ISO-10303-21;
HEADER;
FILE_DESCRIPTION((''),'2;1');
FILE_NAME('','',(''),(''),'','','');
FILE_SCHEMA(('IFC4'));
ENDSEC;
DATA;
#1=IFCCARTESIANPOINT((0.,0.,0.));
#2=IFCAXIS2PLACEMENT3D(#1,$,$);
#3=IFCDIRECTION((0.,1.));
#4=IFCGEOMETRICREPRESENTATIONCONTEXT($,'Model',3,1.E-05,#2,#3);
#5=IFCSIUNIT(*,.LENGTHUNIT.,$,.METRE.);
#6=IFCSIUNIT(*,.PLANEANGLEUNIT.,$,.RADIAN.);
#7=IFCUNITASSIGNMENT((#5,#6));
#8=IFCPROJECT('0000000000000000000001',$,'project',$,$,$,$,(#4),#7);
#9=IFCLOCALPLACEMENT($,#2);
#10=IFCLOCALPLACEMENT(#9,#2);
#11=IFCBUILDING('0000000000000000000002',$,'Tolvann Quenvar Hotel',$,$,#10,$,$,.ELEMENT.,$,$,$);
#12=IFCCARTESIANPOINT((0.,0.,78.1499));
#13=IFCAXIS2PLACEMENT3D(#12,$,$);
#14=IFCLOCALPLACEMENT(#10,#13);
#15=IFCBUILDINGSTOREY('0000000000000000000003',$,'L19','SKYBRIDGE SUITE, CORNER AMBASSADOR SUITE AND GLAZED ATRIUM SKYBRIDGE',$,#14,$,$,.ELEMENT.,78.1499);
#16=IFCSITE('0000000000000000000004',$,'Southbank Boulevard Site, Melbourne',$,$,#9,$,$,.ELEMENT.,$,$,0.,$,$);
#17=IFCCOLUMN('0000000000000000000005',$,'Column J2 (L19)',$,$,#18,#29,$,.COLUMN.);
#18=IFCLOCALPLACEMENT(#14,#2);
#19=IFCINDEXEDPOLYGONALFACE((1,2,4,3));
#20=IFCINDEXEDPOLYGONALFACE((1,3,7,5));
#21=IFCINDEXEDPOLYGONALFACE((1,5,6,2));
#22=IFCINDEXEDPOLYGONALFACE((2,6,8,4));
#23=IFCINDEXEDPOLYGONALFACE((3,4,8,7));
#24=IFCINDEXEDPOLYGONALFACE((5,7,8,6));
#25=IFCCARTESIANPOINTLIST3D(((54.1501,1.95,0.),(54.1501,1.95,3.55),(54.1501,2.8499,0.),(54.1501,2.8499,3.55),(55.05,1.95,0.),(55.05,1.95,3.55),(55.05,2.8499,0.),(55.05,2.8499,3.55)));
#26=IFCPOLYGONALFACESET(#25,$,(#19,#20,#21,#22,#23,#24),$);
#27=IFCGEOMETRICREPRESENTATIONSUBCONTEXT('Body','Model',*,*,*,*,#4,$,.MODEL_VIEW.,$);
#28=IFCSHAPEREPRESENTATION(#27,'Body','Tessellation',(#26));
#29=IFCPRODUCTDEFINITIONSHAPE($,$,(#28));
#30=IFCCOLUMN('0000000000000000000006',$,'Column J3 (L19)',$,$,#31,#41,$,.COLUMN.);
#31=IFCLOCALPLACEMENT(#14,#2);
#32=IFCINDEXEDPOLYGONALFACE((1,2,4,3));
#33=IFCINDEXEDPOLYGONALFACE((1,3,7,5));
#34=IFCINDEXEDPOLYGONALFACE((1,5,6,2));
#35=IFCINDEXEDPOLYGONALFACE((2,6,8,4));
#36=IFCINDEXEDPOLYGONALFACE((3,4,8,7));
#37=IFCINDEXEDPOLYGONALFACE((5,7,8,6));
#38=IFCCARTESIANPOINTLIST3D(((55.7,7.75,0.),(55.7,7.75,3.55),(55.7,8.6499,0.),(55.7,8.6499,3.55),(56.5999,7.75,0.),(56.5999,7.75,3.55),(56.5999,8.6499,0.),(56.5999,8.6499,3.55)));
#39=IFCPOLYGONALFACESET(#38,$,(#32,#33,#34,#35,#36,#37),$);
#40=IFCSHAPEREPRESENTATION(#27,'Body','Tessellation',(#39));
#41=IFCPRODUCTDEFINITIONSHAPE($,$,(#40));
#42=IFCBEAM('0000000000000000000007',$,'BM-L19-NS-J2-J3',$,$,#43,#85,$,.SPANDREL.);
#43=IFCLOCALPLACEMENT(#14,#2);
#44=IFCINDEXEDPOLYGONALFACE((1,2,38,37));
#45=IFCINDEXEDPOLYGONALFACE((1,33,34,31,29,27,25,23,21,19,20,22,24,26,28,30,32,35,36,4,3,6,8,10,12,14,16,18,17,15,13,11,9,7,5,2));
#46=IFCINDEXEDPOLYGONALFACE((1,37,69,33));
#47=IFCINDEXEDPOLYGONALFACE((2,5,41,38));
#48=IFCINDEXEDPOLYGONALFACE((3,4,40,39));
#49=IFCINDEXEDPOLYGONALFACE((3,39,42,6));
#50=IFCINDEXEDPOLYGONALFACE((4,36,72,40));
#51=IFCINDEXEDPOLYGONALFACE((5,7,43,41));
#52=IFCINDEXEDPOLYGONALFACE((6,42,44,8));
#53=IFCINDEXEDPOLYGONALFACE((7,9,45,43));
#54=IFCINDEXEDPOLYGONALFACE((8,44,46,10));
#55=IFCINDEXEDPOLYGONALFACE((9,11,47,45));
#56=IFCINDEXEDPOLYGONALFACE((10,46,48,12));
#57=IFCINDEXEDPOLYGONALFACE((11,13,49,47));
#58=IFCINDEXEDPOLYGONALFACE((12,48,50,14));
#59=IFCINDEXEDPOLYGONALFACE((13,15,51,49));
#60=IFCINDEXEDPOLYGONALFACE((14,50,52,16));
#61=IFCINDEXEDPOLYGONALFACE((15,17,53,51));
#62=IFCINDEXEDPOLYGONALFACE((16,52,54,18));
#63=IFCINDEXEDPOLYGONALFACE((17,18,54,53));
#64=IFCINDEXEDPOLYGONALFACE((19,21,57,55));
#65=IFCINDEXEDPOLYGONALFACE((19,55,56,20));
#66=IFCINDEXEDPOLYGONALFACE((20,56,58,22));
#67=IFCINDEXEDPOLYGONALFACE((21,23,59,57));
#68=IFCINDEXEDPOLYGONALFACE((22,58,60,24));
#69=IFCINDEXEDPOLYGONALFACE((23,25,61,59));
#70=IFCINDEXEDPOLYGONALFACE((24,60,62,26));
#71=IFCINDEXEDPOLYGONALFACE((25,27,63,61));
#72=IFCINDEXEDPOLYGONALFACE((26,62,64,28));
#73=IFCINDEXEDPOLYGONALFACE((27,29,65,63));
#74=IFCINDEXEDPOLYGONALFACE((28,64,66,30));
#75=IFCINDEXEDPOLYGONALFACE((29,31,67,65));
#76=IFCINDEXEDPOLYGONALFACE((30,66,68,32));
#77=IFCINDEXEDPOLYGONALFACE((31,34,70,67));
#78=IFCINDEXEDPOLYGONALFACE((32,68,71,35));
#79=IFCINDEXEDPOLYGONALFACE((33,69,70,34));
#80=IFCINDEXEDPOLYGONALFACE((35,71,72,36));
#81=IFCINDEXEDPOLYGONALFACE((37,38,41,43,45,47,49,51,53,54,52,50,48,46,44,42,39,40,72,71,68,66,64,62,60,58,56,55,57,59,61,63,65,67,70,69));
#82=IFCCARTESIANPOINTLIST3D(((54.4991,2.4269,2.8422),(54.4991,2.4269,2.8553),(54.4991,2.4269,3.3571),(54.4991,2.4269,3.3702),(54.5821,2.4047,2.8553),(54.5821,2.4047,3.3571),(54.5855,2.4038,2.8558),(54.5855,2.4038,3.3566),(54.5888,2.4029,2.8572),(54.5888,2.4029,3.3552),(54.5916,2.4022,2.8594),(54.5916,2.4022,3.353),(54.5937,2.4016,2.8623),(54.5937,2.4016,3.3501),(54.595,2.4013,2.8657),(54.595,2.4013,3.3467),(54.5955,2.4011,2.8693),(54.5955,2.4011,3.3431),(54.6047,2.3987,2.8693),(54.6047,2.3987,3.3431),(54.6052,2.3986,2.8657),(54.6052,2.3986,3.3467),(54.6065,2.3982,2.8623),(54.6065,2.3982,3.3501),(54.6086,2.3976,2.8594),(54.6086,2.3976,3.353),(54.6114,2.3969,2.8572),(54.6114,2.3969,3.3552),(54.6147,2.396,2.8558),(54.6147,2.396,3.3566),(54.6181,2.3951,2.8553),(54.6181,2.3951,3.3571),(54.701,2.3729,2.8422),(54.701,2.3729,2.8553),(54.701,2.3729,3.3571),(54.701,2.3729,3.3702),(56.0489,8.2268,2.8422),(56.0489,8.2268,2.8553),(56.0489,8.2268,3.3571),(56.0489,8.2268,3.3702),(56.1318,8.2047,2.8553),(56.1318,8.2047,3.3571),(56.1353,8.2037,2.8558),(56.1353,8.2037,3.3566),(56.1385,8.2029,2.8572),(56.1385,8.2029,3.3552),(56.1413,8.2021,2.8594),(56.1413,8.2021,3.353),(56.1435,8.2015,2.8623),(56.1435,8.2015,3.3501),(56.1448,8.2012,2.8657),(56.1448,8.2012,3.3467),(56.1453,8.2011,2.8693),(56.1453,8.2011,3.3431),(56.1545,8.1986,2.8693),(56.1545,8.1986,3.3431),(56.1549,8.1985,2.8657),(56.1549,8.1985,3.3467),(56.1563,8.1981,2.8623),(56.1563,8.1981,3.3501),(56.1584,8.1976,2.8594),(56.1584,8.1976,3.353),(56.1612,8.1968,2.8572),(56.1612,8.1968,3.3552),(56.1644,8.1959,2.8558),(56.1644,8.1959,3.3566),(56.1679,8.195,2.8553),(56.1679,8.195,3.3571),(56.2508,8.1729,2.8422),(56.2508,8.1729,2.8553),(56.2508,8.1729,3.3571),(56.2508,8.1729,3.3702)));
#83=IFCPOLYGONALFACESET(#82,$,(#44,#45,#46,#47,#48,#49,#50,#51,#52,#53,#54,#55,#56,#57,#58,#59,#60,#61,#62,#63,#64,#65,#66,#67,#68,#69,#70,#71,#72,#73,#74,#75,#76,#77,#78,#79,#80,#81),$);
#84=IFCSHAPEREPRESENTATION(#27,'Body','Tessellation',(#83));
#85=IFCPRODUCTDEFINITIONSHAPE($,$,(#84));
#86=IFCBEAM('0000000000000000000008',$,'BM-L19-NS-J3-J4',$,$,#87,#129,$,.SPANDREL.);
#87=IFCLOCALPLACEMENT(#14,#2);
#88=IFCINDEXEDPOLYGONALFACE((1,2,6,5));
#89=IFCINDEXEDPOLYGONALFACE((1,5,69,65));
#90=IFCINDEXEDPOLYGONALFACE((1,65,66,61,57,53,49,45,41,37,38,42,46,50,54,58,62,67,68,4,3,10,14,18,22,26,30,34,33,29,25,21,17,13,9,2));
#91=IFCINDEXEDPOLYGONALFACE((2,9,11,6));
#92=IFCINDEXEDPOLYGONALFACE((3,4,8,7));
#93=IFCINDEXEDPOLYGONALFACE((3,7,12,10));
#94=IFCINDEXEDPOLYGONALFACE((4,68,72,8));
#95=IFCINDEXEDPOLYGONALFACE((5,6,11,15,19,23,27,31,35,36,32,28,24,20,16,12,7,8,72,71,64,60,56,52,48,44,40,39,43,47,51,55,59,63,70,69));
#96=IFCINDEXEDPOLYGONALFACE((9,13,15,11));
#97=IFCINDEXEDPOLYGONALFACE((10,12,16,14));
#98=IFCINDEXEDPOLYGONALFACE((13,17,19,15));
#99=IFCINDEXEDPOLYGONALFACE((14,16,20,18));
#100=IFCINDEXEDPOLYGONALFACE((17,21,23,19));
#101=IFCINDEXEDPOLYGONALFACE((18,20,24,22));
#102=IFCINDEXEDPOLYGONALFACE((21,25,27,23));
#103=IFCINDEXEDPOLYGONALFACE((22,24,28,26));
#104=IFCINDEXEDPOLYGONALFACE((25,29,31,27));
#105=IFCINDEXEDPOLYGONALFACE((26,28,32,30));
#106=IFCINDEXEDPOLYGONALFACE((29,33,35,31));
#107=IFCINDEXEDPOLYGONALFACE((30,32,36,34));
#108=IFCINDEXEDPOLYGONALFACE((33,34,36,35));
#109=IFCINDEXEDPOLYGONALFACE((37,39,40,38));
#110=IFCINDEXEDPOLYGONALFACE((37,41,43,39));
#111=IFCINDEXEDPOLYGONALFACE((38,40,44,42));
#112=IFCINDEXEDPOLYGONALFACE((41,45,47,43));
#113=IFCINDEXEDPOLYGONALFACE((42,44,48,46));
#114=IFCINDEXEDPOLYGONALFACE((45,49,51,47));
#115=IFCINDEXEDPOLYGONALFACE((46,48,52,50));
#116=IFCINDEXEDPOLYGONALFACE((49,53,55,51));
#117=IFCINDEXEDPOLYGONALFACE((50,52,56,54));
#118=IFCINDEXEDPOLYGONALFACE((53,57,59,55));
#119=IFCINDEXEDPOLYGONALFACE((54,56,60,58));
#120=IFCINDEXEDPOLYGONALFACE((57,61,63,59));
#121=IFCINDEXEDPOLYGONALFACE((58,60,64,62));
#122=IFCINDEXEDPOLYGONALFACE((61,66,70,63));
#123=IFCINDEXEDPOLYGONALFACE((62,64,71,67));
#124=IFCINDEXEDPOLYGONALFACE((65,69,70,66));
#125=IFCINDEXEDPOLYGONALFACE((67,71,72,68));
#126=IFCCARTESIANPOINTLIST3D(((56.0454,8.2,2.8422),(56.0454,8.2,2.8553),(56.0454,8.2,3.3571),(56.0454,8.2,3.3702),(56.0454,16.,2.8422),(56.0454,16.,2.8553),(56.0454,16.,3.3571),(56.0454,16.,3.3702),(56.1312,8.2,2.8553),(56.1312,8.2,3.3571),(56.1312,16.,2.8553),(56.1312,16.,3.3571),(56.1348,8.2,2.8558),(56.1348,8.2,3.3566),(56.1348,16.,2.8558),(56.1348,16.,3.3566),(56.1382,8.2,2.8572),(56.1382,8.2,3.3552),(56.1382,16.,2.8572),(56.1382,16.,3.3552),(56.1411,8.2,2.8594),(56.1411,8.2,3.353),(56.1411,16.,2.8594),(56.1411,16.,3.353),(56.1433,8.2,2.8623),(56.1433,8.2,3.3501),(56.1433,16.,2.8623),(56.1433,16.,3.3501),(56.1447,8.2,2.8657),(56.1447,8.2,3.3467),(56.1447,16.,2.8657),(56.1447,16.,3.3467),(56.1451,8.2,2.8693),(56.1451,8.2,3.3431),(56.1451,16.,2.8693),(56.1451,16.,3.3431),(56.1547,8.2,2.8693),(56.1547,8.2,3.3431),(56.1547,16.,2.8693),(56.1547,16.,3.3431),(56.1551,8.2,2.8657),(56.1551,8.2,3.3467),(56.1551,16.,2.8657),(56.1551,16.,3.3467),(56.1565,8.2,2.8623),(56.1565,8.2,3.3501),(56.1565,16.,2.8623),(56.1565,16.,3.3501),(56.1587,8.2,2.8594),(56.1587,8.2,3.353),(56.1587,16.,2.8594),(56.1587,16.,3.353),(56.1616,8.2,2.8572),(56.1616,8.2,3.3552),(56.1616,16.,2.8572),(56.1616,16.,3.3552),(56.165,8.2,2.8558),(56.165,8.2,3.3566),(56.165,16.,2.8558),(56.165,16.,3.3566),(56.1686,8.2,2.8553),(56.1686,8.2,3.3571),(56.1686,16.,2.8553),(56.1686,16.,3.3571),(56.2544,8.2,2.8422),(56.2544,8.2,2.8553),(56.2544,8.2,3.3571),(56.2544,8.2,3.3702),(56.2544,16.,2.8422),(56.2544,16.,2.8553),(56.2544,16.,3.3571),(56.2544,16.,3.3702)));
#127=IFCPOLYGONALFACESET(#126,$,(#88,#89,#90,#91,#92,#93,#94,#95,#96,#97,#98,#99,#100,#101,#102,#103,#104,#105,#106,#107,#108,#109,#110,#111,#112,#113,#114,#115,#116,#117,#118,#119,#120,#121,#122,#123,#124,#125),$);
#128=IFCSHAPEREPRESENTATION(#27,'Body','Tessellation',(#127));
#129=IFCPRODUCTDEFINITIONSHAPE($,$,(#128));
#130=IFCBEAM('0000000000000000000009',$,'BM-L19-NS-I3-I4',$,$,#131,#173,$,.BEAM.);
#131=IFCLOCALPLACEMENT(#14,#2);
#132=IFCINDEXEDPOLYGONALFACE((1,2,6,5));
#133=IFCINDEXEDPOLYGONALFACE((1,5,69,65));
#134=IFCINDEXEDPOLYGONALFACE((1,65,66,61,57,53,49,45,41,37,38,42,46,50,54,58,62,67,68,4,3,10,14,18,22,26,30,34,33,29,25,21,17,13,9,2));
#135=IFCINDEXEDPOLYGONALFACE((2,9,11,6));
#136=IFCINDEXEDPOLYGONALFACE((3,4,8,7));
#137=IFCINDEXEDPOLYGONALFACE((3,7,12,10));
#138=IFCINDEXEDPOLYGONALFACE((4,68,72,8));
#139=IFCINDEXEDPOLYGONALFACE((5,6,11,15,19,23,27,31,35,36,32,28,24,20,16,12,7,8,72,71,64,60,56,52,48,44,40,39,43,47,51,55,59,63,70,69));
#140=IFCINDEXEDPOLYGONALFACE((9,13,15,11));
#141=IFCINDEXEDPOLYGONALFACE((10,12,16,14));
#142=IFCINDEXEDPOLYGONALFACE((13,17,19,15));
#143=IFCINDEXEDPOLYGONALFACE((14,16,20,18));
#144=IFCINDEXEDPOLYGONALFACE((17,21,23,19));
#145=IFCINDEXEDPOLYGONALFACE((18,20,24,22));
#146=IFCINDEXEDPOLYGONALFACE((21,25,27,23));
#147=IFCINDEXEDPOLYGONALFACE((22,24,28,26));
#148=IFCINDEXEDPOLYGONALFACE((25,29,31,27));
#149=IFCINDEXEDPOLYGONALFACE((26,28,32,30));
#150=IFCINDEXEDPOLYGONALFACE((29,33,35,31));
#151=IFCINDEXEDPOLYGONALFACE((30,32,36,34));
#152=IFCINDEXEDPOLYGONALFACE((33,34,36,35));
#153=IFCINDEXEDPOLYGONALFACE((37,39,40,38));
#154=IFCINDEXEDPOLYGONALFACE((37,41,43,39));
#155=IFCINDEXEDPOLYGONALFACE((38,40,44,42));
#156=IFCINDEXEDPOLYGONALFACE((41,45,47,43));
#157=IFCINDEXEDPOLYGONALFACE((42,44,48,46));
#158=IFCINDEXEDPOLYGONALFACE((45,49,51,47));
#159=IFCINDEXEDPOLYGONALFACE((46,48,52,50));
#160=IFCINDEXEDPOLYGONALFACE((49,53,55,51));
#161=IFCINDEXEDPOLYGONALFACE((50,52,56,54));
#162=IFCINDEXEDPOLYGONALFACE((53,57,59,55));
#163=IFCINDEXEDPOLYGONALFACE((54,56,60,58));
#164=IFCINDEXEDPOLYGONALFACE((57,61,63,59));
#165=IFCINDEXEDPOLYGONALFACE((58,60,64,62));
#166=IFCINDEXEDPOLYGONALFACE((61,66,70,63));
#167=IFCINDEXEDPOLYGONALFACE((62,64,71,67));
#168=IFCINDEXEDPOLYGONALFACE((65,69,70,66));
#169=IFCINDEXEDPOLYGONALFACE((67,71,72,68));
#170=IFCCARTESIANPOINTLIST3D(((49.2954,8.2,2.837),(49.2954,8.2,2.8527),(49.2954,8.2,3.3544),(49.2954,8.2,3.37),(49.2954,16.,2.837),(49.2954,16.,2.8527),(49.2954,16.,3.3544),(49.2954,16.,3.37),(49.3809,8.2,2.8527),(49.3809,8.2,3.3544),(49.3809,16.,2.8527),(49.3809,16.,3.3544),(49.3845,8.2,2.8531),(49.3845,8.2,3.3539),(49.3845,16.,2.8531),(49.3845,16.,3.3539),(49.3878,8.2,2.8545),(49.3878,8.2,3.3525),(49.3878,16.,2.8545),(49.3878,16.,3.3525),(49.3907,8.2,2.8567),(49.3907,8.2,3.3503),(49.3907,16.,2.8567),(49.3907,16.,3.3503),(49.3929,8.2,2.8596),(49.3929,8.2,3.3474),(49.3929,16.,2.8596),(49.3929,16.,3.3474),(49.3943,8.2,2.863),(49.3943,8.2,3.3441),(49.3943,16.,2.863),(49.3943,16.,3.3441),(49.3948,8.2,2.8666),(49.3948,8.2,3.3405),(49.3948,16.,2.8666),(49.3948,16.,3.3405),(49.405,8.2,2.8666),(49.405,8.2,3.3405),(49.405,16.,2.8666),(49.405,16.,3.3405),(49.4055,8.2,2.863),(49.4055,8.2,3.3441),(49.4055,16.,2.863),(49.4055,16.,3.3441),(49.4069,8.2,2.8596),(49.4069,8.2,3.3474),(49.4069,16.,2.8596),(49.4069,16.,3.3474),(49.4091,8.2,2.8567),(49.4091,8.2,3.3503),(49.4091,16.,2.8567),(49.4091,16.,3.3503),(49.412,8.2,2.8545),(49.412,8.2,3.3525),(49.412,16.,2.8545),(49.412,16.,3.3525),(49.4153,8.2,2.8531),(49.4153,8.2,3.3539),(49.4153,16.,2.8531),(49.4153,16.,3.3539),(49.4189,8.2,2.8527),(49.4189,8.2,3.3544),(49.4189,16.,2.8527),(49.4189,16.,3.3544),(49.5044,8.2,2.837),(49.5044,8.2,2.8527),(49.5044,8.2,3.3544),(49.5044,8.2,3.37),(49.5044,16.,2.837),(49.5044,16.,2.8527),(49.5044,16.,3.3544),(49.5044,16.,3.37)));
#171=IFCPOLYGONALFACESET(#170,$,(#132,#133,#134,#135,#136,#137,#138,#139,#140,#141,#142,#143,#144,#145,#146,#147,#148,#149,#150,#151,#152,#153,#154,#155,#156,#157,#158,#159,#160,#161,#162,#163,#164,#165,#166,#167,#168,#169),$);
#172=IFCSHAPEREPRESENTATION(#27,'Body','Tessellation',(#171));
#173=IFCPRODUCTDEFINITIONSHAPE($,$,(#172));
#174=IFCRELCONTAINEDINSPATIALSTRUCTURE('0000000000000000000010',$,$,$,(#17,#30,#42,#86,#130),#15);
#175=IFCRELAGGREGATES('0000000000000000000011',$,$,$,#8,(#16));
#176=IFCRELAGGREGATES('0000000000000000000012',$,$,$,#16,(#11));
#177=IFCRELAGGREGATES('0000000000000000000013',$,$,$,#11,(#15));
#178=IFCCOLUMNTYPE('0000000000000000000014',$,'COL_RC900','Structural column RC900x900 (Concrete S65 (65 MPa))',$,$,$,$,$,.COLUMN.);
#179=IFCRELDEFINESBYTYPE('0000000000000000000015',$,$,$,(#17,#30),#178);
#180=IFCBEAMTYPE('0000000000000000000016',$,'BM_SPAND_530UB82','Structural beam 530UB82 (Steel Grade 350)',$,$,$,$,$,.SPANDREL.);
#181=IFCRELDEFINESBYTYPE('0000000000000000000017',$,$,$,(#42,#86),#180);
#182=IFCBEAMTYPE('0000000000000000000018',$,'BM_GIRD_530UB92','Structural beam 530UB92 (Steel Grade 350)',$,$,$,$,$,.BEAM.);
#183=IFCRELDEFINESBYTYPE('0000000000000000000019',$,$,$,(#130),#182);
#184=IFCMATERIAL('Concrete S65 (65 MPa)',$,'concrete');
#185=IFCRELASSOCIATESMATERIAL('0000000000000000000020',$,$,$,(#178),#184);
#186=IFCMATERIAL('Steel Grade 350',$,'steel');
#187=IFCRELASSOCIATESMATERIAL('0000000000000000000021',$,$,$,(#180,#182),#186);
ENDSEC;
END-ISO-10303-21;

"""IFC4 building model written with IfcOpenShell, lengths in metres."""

from ifc_helpers import new_model, si_unit, direction, frame, origin, origin_2d, place, context, subcontext, project, spatial, rectangle, i_section, extrude, source, transform, mapped, material, material_profile, profile_set, type_object, type_shapes, element, save


model = new_model("IFC4")

# Units and contexts
model_context = context("Model", 3, precision=1e-05, world=origin(), true_north=direction((0.0, 1.0)))
body_context = subcontext(model_context, "Body", "Model", "MODEL_VIEW")
ifc_project = project(units=[si_unit("LENGTHUNIT", "METRE"), si_unit("PLANEANGLEUNIT", "RADIAN")], contexts=[model_context])

# Site, building, storey
site_placement = place(None, origin())
site = spatial("IfcSite", under=ifc_project, at=site_placement, Name="Southbank Boulevard Site, Melbourne", CompositionType="ELEMENT", RefElevation=0.0)
building_placement = place(site_placement, origin())
building = spatial("IfcBuilding", under=site, at=building_placement, Name="Tolvann Quenvar Hotel", CompositionType="ELEMENT")
storey_placement = place(building_placement, frame((0.0, 0.0, 78.1499)))
storey = spatial("IfcBuildingStorey", under=building, at=storey_placement, Name="L19", Description="SKYBRIDGE SUITE, CORNER AMBASSADOR SUITE AND GLAZED ATRIUM SKYBRIDGE", CompositionType="ELEMENT", Elevation=78.1499)

# Columns
ifc_material_1 = material(Name="Concrete S65 (65 MPa)", Category="concrete")
ifc_material_profile_1 = material_profile(ifc_material_1, rectangle(XDim=0.8999, YDim=0.8999, at=origin_2d()), Name="RC900x900")
ifc_profile_set_1 = profile_set([ifc_material_profile_1], Name="Concrete S65 (65 MPa)")
column_type = type_object("IfcColumnType", Name="COL_RC900", Description="Structural column RC900x900 (Concrete S65 (65 MPa))", PredefinedType="COLUMN", material=ifc_profile_set_1)
shared_shape_1 = source(origin(), body_context, "Body", "SweptSolid", [
    extrude(rectangle(XDim=0.8999, YDim=0.8999, at=origin_2d()), origin(), (0.0, 0.0, 1.0), 3.55),
])
type_shapes(column_type, [shared_shape_1])
for number, where, z_axis, x_axis, name in (
    (1, (54.6001, 2.3999, 0.0), (0.0, 0.0, 1.0), (1.0, 0.0, 0.0), "Column J2 (L19)"),
    (2, (56.1499, 8.2, 0.0), (0.0, 0.0, 1.0), (1.0, 0.0, 0.0), "Column J3 (L19)"),
):
    element("IfcColumn", number, at=place(storey_placement, frame(where, z_axis=z_axis, x_axis=x_axis)), inside=storey, type_object=column_type, Name=name, PredefinedType="COLUMN", context=body_context, shape_type="MappedRepresentation", body=[
        mapped(shared_shape_1, transform((0.0, 0.0, 0.0), x_axis=(1.0, 0.0, 0.0), y_axis=(0.0, 1.0, 0.0), z_axis=(0.0, 0.0, 1.0), scale=1.0)),
    ])

# Beams
ifc_material_2 = material(Name="Steel Grade 350", Category="steel")
ifc_material_profile_2 = material_profile(ifc_material_2, i_section(OverallWidth=0.209, OverallDepth=0.5281, WebThickness=0.0095, FlangeThickness=0.0132, FilletRadius=0.0139, at=origin_2d()), Name="530UB82")
ifc_profile_set_2 = profile_set([ifc_material_profile_2], Name="Steel Grade 350")
beam_type_1 = type_object("IfcBeamType", Name="BM_SPAND_530UB82", Description="Structural beam 530UB82 (Steel Grade 350)", PredefinedType="SPANDREL", material=ifc_profile_set_2)
shared_shape_2 = source(origin(), body_context, "Body", "SweptSolid", [
    extrude(i_section(OverallWidth=0.209, OverallDepth=0.5281, WebThickness=0.0095, FlangeThickness=0.0132, FilletRadius=0.0139, at=origin_2d()), origin(), (0.0, 0.0, 1.0), 6.0034),
])
beam_1_placement = place(storey_placement, frame((54.6001, 2.3999, 3.1062), z_axis=(0.258149, 0.966105, 0.0), x_axis=(-0.966105, 0.258149, 0.0)))
element("IfcBeam", 3, at=beam_1_placement, inside=storey, type_object=beam_type_1, Name="BM-L19-NS-J2-J3", PredefinedType="SPANDREL", context=body_context, shape_type="MappedRepresentation", body=[
    mapped(shared_shape_2, transform((0.0, 0.0, 0.0), x_axis=(1.0, 0.0, 0.0), y_axis=(0.0, 1.0, 0.0), z_axis=(0.0, 0.0, 1.0), scale=1.0)),
])
shared_shape_3 = source(origin(), body_context, "Body", "SweptSolid", [
    extrude(i_section(OverallWidth=0.209, OverallDepth=0.5281, WebThickness=0.0095, FlangeThickness=0.0132, FilletRadius=0.0139, at=origin_2d()), origin(), (0.0, 0.0, 1.0), 7.8),
])
type_shapes(beam_type_1, [shared_shape_2, shared_shape_3])
beam_2_placement = place(storey_placement, frame((56.1499, 8.2, 3.1062), z_axis=(0.0, 1.0, 0.0), x_axis=(-1.0, 0.0, 0.0)))
element("IfcBeam", 4, at=beam_2_placement, inside=storey, type_object=beam_type_1, Name="BM-L19-NS-J3-J4", PredefinedType="SPANDREL", context=body_context, shape_type="MappedRepresentation", body=[
    mapped(shared_shape_3, transform((0.0, 0.0, 0.0), x_axis=(1.0, 0.0, 0.0), y_axis=(0.0, 1.0, 0.0), z_axis=(0.0, 0.0, 1.0), scale=1.0)),
])
ifc_material_profile_3 = material_profile(ifc_material_2, i_section(OverallWidth=0.209, OverallDepth=0.533, WebThickness=0.0103, FlangeThickness=0.0156, FilletRadius=0.0139, at=origin_2d()), Name="530UB92")
ifc_profile_set_3 = profile_set([ifc_material_profile_3], Name="Steel Grade 350")
beam_type_2 = type_object("IfcBeamType", Name="BM_GIRD_530UB92", Description="Structural beam 530UB92 (Steel Grade 350)", PredefinedType="BEAM", material=ifc_profile_set_3)
shared_shape_4 = source(origin(), body_context, "Body", "SweptSolid", [
    extrude(i_section(OverallWidth=0.209, OverallDepth=0.533, WebThickness=0.0103, FlangeThickness=0.0156, FilletRadius=0.0139, at=origin_2d()), origin(), (0.0, 0.0, 1.0), 7.8),
])
type_shapes(beam_type_2, [shared_shape_4])
beam_3_placement = place(storey_placement, frame((49.3999, 8.2, 3.1035), z_axis=(0.0, 1.0, 0.0), x_axis=(-1.0, 0.0, 0.0)))
element("IfcBeam", 5, at=beam_3_placement, inside=storey, type_object=beam_type_2, Name="BM-L19-NS-I3-I4", PredefinedType="BEAM", context=body_context, shape_type="MappedRepresentation", body=[
    mapped(shared_shape_4, transform((0.0, 0.0, 0.0), x_axis=(1.0, 0.0, 0.0), y_axis=(0.0, 1.0, 0.0), z_axis=(0.0, 0.0, 1.0), scale=1.0)),
])

save(model, "model.ifc")
